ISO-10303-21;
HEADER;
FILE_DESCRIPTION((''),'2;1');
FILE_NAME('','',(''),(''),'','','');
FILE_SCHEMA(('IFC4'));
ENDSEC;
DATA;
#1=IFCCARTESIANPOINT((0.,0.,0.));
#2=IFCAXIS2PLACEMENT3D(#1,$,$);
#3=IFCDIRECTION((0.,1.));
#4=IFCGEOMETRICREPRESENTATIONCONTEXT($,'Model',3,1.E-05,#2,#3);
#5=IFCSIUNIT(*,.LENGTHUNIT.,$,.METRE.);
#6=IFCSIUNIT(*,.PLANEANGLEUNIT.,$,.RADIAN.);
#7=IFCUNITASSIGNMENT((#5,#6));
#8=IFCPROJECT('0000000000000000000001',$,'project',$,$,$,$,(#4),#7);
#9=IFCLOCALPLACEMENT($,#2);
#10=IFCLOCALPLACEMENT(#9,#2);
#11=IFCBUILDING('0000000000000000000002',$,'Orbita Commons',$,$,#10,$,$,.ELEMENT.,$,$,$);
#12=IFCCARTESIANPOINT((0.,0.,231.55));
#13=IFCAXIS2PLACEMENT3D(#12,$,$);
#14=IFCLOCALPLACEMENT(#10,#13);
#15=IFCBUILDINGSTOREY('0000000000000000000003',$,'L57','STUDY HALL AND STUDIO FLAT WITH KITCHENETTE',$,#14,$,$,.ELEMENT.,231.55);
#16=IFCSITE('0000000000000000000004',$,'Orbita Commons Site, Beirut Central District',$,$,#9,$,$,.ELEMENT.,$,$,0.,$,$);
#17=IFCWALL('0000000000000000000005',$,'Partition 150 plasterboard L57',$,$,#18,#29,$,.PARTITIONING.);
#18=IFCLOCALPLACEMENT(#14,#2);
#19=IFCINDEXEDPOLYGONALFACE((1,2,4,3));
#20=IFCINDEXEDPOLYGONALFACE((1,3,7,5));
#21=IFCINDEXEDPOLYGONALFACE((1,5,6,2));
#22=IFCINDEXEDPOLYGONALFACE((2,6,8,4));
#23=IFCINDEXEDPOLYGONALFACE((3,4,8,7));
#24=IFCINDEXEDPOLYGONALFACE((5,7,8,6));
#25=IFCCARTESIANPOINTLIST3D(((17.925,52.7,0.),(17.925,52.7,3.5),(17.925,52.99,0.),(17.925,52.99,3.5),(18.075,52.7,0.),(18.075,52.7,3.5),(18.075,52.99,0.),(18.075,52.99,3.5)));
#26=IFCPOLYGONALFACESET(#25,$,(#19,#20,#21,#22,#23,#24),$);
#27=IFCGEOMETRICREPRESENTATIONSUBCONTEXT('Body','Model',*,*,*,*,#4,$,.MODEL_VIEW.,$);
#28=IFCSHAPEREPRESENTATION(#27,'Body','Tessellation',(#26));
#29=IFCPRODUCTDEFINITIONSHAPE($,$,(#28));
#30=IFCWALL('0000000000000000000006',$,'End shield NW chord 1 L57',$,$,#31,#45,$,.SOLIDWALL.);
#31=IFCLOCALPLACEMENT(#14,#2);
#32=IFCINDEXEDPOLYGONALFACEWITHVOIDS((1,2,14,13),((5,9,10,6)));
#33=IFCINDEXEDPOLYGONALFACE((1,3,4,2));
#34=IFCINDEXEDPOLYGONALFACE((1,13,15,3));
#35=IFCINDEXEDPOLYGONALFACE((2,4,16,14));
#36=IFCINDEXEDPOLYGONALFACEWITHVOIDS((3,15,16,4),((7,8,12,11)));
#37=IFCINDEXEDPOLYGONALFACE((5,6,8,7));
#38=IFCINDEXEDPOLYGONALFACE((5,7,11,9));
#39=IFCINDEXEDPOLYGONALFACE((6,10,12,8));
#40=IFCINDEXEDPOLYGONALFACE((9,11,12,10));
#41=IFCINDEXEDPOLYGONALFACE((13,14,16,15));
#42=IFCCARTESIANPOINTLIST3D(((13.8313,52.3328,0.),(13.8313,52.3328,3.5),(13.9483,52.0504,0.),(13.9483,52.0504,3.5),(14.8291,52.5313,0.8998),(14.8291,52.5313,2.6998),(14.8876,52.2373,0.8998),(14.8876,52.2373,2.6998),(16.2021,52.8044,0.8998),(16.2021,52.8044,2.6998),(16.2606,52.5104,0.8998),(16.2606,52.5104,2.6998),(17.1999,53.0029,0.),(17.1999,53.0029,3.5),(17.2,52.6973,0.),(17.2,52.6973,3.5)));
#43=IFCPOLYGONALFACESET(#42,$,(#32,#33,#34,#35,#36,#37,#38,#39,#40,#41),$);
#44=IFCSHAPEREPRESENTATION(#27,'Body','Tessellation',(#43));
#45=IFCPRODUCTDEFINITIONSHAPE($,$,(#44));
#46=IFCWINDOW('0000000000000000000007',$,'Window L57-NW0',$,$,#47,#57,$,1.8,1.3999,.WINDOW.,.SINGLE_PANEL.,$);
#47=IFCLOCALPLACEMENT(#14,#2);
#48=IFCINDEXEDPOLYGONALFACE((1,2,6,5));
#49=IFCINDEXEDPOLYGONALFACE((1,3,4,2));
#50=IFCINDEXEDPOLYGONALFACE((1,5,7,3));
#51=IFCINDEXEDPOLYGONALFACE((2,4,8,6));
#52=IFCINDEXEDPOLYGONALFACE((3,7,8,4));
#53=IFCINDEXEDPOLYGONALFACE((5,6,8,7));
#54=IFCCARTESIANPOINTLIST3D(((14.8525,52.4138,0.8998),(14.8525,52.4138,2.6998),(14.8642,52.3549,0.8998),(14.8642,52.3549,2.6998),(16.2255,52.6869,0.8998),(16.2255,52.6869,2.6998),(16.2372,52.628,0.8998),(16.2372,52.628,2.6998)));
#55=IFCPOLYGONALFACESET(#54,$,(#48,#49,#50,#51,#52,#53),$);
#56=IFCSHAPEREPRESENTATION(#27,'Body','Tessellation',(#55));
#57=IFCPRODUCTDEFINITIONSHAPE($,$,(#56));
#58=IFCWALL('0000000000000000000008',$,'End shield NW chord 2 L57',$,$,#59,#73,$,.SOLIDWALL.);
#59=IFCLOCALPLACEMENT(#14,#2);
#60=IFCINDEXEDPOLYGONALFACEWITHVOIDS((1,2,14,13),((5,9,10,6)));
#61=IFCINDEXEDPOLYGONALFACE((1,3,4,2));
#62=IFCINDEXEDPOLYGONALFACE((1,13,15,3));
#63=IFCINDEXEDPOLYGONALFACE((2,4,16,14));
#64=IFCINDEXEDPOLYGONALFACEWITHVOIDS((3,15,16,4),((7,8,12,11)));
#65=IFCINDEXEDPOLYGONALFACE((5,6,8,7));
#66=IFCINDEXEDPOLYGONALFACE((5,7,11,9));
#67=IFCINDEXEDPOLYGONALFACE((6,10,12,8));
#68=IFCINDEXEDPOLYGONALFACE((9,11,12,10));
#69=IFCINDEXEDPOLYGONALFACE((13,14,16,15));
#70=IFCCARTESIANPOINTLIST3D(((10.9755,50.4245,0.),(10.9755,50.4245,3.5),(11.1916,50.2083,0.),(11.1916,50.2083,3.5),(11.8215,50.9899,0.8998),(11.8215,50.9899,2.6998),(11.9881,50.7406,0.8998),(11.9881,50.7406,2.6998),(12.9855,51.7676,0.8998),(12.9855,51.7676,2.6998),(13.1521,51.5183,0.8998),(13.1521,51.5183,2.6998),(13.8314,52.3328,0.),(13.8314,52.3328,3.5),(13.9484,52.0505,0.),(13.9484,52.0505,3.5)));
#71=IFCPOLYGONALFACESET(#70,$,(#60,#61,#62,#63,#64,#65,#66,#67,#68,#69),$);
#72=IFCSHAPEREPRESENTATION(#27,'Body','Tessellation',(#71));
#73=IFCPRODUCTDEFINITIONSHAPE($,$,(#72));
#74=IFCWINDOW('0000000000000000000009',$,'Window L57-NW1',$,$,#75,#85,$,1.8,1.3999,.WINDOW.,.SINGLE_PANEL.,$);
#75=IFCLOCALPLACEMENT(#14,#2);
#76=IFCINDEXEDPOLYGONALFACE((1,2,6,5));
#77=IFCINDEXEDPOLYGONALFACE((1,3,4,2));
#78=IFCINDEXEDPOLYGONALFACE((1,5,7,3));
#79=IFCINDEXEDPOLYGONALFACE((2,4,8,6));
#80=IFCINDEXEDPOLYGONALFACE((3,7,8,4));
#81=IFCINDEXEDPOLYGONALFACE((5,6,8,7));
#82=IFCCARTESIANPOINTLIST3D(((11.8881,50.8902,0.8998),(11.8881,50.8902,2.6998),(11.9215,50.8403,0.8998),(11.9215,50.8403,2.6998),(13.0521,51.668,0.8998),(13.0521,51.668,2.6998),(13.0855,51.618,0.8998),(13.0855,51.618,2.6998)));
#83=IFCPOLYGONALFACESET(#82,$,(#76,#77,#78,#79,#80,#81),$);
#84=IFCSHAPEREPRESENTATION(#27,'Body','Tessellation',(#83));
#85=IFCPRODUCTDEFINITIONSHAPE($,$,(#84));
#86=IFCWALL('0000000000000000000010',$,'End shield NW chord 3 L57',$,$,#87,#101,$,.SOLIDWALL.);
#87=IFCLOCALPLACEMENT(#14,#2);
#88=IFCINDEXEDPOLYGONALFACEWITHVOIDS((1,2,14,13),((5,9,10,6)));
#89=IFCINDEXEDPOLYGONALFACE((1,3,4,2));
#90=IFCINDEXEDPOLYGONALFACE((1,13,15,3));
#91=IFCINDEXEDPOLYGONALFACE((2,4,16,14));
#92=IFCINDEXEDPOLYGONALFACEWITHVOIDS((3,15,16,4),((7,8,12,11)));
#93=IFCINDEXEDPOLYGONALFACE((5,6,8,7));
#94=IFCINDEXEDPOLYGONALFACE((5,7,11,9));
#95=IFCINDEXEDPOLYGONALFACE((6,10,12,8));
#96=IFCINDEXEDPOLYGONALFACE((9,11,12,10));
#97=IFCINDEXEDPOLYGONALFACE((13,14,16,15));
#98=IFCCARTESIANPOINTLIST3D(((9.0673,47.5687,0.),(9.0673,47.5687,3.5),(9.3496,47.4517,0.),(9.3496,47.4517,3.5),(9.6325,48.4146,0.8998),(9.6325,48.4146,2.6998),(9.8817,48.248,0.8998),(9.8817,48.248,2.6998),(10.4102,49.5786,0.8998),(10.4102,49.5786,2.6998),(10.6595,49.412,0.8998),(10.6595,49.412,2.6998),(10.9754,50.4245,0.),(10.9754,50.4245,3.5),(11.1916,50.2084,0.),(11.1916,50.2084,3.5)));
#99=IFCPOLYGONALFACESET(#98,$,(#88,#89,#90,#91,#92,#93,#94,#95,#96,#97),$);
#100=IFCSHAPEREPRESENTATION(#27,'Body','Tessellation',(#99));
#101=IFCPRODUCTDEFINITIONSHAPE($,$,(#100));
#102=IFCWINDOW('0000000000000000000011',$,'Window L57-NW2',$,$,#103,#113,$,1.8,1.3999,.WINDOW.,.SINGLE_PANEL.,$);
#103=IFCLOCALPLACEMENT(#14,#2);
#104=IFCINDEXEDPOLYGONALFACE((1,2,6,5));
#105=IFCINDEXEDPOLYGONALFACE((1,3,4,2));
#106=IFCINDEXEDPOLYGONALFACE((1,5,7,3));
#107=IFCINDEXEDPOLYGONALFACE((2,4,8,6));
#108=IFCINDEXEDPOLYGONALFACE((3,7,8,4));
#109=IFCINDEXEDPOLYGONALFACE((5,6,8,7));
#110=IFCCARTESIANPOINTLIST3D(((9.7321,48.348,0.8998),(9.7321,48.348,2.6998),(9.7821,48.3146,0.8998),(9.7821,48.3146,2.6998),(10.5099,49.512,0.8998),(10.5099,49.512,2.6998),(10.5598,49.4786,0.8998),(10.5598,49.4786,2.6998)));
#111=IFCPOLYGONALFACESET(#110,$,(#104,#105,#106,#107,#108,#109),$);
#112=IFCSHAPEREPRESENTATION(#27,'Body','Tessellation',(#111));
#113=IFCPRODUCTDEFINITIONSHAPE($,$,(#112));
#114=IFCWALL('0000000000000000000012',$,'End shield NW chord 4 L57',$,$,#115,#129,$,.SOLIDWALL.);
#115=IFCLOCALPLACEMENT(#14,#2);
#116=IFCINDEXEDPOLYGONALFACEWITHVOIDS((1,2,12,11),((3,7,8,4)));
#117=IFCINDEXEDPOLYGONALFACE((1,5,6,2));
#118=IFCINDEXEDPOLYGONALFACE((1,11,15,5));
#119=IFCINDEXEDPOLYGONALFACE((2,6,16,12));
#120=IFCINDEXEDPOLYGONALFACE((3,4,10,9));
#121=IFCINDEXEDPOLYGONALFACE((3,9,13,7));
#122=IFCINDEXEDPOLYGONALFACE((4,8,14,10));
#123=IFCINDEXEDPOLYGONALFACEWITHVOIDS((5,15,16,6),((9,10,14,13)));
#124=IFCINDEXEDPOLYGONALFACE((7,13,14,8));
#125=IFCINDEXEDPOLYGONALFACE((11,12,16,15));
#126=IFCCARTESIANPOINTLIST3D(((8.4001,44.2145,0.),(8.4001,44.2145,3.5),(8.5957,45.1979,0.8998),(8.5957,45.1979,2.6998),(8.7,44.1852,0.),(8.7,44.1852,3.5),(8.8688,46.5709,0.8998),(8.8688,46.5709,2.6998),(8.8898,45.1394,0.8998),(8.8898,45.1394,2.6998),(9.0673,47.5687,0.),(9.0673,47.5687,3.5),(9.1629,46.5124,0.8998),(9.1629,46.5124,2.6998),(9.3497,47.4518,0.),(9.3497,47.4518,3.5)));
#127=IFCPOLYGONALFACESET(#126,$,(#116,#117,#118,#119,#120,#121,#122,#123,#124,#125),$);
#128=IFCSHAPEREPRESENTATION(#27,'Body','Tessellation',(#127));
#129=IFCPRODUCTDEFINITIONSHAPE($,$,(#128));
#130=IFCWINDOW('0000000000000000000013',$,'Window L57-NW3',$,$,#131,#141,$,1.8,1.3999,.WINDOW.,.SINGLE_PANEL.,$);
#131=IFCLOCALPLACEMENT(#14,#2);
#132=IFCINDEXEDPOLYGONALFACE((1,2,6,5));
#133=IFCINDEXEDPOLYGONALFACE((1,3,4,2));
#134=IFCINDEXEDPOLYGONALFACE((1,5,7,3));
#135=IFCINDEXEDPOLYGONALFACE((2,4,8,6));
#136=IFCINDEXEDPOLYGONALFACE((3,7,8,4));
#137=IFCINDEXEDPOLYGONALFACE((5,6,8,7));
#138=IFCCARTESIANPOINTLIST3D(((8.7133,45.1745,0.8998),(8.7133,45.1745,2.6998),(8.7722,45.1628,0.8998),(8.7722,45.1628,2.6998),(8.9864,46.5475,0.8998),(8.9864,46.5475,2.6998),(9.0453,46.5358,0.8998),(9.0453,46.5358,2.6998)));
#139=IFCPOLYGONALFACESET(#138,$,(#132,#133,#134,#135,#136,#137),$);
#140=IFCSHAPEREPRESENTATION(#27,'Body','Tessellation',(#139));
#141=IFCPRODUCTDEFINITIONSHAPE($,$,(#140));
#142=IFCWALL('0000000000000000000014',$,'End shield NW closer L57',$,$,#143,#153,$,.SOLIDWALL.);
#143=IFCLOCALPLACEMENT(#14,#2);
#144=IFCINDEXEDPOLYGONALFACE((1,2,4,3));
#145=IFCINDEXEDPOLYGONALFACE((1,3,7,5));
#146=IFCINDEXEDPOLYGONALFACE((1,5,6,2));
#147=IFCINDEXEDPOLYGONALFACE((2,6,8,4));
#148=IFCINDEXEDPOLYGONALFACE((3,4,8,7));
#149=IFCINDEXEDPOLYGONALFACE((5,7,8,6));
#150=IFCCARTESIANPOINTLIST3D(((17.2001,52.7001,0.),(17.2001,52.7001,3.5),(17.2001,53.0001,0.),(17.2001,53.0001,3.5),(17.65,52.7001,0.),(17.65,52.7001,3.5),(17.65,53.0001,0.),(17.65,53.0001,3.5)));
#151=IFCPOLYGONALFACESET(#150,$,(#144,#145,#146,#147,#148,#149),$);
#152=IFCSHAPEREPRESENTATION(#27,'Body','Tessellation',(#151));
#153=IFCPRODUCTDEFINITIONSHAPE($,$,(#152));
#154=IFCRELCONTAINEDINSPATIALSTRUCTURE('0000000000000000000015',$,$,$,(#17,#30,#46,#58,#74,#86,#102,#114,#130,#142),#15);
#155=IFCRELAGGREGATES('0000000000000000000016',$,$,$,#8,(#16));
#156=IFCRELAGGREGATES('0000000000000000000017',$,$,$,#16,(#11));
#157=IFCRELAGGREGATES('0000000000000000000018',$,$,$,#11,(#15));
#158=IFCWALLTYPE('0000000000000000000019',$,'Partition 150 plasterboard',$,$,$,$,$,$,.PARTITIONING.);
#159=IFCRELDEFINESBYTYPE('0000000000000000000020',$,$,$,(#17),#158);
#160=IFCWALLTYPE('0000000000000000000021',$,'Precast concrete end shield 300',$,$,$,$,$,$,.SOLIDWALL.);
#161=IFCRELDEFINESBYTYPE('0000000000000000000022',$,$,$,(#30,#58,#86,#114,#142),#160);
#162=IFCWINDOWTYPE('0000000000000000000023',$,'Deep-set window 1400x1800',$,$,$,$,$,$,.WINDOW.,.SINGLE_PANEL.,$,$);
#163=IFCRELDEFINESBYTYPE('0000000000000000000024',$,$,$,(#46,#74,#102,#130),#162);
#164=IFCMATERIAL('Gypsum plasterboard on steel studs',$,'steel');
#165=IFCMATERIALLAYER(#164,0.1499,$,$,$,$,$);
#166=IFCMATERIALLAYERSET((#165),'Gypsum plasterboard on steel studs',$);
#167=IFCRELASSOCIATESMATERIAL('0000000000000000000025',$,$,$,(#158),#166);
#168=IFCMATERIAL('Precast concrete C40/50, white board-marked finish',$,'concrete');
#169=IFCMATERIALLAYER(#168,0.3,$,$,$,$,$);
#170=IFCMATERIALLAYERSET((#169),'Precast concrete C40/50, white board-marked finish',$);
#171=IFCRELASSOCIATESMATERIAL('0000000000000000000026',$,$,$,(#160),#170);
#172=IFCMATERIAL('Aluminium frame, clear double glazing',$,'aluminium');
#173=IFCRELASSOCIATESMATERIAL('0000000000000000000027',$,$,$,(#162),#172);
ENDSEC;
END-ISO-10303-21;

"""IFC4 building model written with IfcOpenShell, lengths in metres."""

from ifc_helpers import new_model, si_unit, direction, frame, frame_2d, origin, place, context, subcontext, project, spatial, polyline, rectangle, outline, extrude, material, layer, layer_set, type_object, element, fill, save


model = new_model("IFC4")

# Units and contexts
model_context = context("Model", 3, precision=1e-05, world=origin(), true_north=direction((0.0, 1.0)))
body_context = subcontext(model_context, "Body", "Model", "MODEL_VIEW")
ifc_project = project(units=[si_unit("LENGTHUNIT", "METRE"), si_unit("PLANEANGLEUNIT", "RADIAN")], contexts=[model_context])

# Site, building, storey
site_placement = place(None, origin())
site = spatial("IfcSite", under=ifc_project, at=site_placement, Name="Orbita Commons Site, Beirut Central District", CompositionType="ELEMENT", RefElevation=0.0)
building_placement = place(site_placement, origin())
building = spatial("IfcBuilding", under=site, at=building_placement, Name="Orbita Commons", CompositionType="ELEMENT")
storey_placement = place(building_placement, frame((0.0, 0.0, 231.55)))
storey = spatial("IfcBuildingStorey", under=building, at=storey_placement, Name="L57", Description="STUDY HALL AND STUDIO FLAT WITH KITCHENETTE", CompositionType="ELEMENT", Elevation=231.55)

# Wall
ifc_material_1 = material(Name="Gypsum plasterboard on steel studs", Category="steel")
ifc_layer_1 = layer(ifc_material_1, 0.1499)
ifc_layer_set_1 = layer_set([ifc_layer_1], Name="Gypsum plasterboard on steel studs")
wall_type_1 = type_object("IfcWallType", Name="Partition 150 plasterboard", PredefinedType="PARTITIONING", material=ifc_layer_set_1)
wall_1_placement = place(storey_placement, frame((18.0, 52.7, 0.0), z_axis=(0.0, 0.0, 1.0), x_axis=(0.0, 1.0, 0.0)))
element("IfcWall", 1, at=wall_1_placement, inside=storey, type_object=wall_type_1, Name="Partition 150 plasterboard L57", PredefinedType="PARTITIONING", context=body_context, shape_type="SweptSolid", body=[
    extrude(rectangle(XDim=0.29, YDim=0.1499, at=frame_2d((0.145, 0.0))), origin(), (0.0, 0.0, 1.0), 3.5),
])

# Walls, openings, windows
ifc_material_2 = material(Name="Precast concrete C40/50, white board-marked finish", Category="concrete")
ifc_layer_2 = layer(ifc_material_2, 0.3)
ifc_layer_set_2 = layer_set([ifc_layer_2], Name="Precast concrete C40/50, white board-marked finish")
wall_type_2 = type_object("IfcWallType", Name="Precast concrete end shield 300", PredefinedType="SOLIDWALL", material=ifc_layer_set_2)
wall_2_placement = place(storey_placement, frame((17.2, 52.8501, 0.0), z_axis=(0.0, 0.0, 1.0), x_axis=(-0.980783, -0.1951, 0.0)))
wall_2 = element("IfcWall", 2, at=wall_2_placement, inside=storey, type_object=wall_type_2, Name="End shield NW chord 1 L57", PredefinedType="SOLIDWALL", context=body_context, shape_type="SweptSolid", body=[
    extrude(outline(polyline([(-0.0298, -0.1499), (3.4048, -0.1499), (3.3452, 0.1499), (0.0298, 0.1499), (-0.0298, -0.1499)])), origin(), (0.0, 0.0, 1.0), 3.5),
])
opening_1_placement = place(wall_2_placement, frame((0.9875, 0.0, 0.8999)))
opening_1 = element("IfcOpeningElement", 3, at=opening_1_placement, cuts=wall_2, PredefinedType="OPENING", context=body_context, shape_type="SweptSolid", body=[
    extrude(rectangle(XDim=1.3999, YDim=1.8, at=frame_2d((0.7, 0.8999))), frame((0.0, 0.1599, 0.0), z_axis=(0.0, -1.0, 0.0), x_axis=(1.0, 0.0, 0.0)), (0.0, 0.0, 1.0), 0.3201),
])
ifc_material_3 = material(Name="Aluminium frame, clear double glazing", Category="aluminium")
window_type = type_object("IfcWindowType", Name="Deep-set window 1400x1800", PartitioningType="SINGLE_PANEL", PredefinedType="WINDOW", material=ifc_material_3)
window_1_placement = place(opening_1_placement, origin())
window_1 = element("IfcWindow", 4, at=window_1_placement, inside=storey, type_object=window_type, Name="Window L57-NW0", OverallHeight=1.8, OverallWidth=1.3999, PartitioningType="SINGLE_PANEL", PredefinedType="WINDOW", context=body_context, shape_type="SweptSolid", body=[
    extrude(rectangle(XDim=1.3999, YDim=1.8, at=frame_2d((0.7, 0.8999))), frame((0.0, 0.03, 0.0), z_axis=(0.0, -1.0, 0.0), x_axis=(1.0, 0.0, 0.0)), (0.0, 0.0, 1.0), 0.0601),
])
fill(opening_1, window_1)
wall_3_placement = place(storey_placement, frame((13.8899, 52.1917, 0.0), z_axis=(0.0, 0.0, 1.0), x_axis=(-0.83146, -0.555585, 0.0)))
wall_3 = element("IfcWall", 5, at=wall_3_placement, inside=storey, type_object=wall_type_2, Name="End shield NW chord 2 L57", PredefinedType="SOLIDWALL", context=body_context, shape_type="SweptSolid", body=[
    extrude(outline(polyline([(-0.0298, -0.1499), (3.405, -0.1499), (3.3455, 0.1499), (0.0298, 0.1499), (-0.0298, -0.1499)])), origin(), (0.0, 0.0, 1.0), 3.5),
])
opening_2_placement = place(wall_3_placement, frame((0.9875, 0.0, 0.8999)))
opening_2 = element("IfcOpeningElement", 6, at=opening_2_placement, cuts=wall_3, PredefinedType="OPENING", context=body_context, shape_type="SweptSolid", body=[
    extrude(rectangle(XDim=1.3999, YDim=1.8, at=frame_2d((0.7, 0.8999))), frame((0.0, 0.1599, 0.0), z_axis=(0.0, -1.0, 0.0), x_axis=(1.0, 0.0, 0.0)), (0.0, 0.0, 1.0), 0.3201),
])
window_2_placement = place(opening_2_placement, origin())
window_2 = element("IfcWindow", 7, at=window_2_placement, inside=storey, type_object=window_type, Name="Window L57-NW1", OverallHeight=1.8, OverallWidth=1.3999, PartitioningType="SINGLE_PANEL", PredefinedType="WINDOW", context=body_context, shape_type="SweptSolid", body=[
    extrude(rectangle(XDim=1.3999, YDim=1.8, at=frame_2d((0.7, 0.8999))), frame((0.0, 0.03, 0.0), z_axis=(0.0, -1.0, 0.0), x_axis=(1.0, 0.0, 0.0)), (0.0, 0.0, 1.0), 0.0601),
])
fill(opening_2, window_2)
wall_4_placement = place(storey_placement, frame((11.0835, 50.3164, 0.0), z_axis=(0.0, 0.0, 1.0), x_axis=(-0.555568, -0.831471, 0.0)))
wall_4 = element("IfcWall", 8, at=wall_4_placement, inside=storey, type_object=wall_type_2, Name="End shield NW chord 3 L57", PredefinedType="SOLIDWALL", context=body_context, shape_type="SweptSolid", body=[
    extrude(outline(polyline([(-0.0298, -0.1499), (3.4048, -0.1499), (3.3452, 0.1499), (0.0298, 0.1499), (-0.0298, -0.1499)])), origin(), (0.0, 0.0, 1.0), 3.5),
])
opening_3_placement = place(wall_4_placement, frame((0.9875, 0.0, 0.8999)))
opening_3 = element("IfcOpeningElement", 9, at=opening_3_placement, cuts=wall_4, PredefinedType="OPENING", context=body_context, shape_type="SweptSolid", body=[
    extrude(rectangle(XDim=1.3999, YDim=1.8, at=frame_2d((0.7, 0.8999))), frame((0.0, 0.1599, 0.0), z_axis=(0.0, -1.0, 0.0), x_axis=(1.0, 0.0, 0.0)), (0.0, 0.0, 1.0), 0.3201),
])
window_3_placement = place(opening_3_placement, origin())
window_3 = element("IfcWindow", 10, at=window_3_placement, inside=storey, type_object=window_type, Name="Window L57-NW2", OverallHeight=1.8, OverallWidth=1.3999, PartitioningType="SINGLE_PANEL", PredefinedType="WINDOW", context=body_context, shape_type="SweptSolid", body=[
    extrude(rectangle(XDim=1.3999, YDim=1.8, at=frame_2d((0.7, 0.8999))), frame((0.0, 0.03, 0.0), z_axis=(0.0, -1.0, 0.0), x_axis=(1.0, 0.0, 0.0)), (0.0, 0.0, 1.0), 0.0601),
])
fill(opening_3, window_3)
wall_5_placement = place(storey_placement, frame((9.2085, 47.5103, 0.0), z_axis=(0.0, 0.0, 1.0), x_axis=(-0.195087, -0.980786, 0.0)))
wall_5 = element("IfcWall", 11, at=wall_5_placement, inside=storey, type_object=wall_type_2, Name="End shield NW chord 4 L57", PredefinedType="SOLIDWALL", context=body_context, shape_type="SweptSolid", body=[
    extrude(outline(polyline([(-0.0298, -0.1499), (3.3901, -0.1499), (3.3604, 0.1499), (0.0298, 0.1499), (-0.0298, -0.1499)])), origin(), (0.0, 0.0, 1.0), 3.5),
])
opening_4_placement = place(wall_5_placement, frame((0.9875, 0.0, 0.8999)))
opening_4 = element("IfcOpeningElement", 12, at=opening_4_placement, cuts=wall_5, PredefinedType="OPENING", context=body_context, shape_type="SweptSolid", body=[
    extrude(rectangle(XDim=1.3999, YDim=1.8, at=frame_2d((0.7, 0.8999))), frame((0.0, 0.1599, 0.0), z_axis=(0.0, -1.0, 0.0), x_axis=(1.0, 0.0, 0.0)), (0.0, 0.0, 1.0), 0.3201),
])
window_4_placement = place(opening_4_placement, origin())
window_4 = element("IfcWindow", 13, at=window_4_placement, inside=storey, type_object=window_type, Name="Window L57-NW3", OverallHeight=1.8, OverallWidth=1.3999, PartitioningType="SINGLE_PANEL", PredefinedType="WINDOW", context=body_context, shape_type="SweptSolid", body=[
    extrude(rectangle(XDim=1.3999, YDim=1.8, at=frame_2d((0.7, 0.8999))), frame((0.0, 0.03, 0.0), z_axis=(0.0, -1.0, 0.0), x_axis=(1.0, 0.0, 0.0)), (0.0, 0.0, 1.0), 0.0601),
])
fill(opening_4, window_4)

# Wall
wall_6_placement = place(storey_placement, frame((17.2, 52.8501, 0.0), z_axis=(0.0, 0.0, 1.0), x_axis=(1.0, 0.0, 0.0)))
element("IfcWall", 14, at=wall_6_placement, inside=storey, type_object=wall_type_2, Name="End shield NW closer L57", PredefinedType="SOLIDWALL", context=body_context, shape_type="SweptSolid", body=[
    extrude(rectangle(XDim=0.45, YDim=0.3, at=frame_2d((0.2251, 0.0))), origin(), (0.0, 0.0, 1.0), 3.5),
])

save(model, "model.ifc")
